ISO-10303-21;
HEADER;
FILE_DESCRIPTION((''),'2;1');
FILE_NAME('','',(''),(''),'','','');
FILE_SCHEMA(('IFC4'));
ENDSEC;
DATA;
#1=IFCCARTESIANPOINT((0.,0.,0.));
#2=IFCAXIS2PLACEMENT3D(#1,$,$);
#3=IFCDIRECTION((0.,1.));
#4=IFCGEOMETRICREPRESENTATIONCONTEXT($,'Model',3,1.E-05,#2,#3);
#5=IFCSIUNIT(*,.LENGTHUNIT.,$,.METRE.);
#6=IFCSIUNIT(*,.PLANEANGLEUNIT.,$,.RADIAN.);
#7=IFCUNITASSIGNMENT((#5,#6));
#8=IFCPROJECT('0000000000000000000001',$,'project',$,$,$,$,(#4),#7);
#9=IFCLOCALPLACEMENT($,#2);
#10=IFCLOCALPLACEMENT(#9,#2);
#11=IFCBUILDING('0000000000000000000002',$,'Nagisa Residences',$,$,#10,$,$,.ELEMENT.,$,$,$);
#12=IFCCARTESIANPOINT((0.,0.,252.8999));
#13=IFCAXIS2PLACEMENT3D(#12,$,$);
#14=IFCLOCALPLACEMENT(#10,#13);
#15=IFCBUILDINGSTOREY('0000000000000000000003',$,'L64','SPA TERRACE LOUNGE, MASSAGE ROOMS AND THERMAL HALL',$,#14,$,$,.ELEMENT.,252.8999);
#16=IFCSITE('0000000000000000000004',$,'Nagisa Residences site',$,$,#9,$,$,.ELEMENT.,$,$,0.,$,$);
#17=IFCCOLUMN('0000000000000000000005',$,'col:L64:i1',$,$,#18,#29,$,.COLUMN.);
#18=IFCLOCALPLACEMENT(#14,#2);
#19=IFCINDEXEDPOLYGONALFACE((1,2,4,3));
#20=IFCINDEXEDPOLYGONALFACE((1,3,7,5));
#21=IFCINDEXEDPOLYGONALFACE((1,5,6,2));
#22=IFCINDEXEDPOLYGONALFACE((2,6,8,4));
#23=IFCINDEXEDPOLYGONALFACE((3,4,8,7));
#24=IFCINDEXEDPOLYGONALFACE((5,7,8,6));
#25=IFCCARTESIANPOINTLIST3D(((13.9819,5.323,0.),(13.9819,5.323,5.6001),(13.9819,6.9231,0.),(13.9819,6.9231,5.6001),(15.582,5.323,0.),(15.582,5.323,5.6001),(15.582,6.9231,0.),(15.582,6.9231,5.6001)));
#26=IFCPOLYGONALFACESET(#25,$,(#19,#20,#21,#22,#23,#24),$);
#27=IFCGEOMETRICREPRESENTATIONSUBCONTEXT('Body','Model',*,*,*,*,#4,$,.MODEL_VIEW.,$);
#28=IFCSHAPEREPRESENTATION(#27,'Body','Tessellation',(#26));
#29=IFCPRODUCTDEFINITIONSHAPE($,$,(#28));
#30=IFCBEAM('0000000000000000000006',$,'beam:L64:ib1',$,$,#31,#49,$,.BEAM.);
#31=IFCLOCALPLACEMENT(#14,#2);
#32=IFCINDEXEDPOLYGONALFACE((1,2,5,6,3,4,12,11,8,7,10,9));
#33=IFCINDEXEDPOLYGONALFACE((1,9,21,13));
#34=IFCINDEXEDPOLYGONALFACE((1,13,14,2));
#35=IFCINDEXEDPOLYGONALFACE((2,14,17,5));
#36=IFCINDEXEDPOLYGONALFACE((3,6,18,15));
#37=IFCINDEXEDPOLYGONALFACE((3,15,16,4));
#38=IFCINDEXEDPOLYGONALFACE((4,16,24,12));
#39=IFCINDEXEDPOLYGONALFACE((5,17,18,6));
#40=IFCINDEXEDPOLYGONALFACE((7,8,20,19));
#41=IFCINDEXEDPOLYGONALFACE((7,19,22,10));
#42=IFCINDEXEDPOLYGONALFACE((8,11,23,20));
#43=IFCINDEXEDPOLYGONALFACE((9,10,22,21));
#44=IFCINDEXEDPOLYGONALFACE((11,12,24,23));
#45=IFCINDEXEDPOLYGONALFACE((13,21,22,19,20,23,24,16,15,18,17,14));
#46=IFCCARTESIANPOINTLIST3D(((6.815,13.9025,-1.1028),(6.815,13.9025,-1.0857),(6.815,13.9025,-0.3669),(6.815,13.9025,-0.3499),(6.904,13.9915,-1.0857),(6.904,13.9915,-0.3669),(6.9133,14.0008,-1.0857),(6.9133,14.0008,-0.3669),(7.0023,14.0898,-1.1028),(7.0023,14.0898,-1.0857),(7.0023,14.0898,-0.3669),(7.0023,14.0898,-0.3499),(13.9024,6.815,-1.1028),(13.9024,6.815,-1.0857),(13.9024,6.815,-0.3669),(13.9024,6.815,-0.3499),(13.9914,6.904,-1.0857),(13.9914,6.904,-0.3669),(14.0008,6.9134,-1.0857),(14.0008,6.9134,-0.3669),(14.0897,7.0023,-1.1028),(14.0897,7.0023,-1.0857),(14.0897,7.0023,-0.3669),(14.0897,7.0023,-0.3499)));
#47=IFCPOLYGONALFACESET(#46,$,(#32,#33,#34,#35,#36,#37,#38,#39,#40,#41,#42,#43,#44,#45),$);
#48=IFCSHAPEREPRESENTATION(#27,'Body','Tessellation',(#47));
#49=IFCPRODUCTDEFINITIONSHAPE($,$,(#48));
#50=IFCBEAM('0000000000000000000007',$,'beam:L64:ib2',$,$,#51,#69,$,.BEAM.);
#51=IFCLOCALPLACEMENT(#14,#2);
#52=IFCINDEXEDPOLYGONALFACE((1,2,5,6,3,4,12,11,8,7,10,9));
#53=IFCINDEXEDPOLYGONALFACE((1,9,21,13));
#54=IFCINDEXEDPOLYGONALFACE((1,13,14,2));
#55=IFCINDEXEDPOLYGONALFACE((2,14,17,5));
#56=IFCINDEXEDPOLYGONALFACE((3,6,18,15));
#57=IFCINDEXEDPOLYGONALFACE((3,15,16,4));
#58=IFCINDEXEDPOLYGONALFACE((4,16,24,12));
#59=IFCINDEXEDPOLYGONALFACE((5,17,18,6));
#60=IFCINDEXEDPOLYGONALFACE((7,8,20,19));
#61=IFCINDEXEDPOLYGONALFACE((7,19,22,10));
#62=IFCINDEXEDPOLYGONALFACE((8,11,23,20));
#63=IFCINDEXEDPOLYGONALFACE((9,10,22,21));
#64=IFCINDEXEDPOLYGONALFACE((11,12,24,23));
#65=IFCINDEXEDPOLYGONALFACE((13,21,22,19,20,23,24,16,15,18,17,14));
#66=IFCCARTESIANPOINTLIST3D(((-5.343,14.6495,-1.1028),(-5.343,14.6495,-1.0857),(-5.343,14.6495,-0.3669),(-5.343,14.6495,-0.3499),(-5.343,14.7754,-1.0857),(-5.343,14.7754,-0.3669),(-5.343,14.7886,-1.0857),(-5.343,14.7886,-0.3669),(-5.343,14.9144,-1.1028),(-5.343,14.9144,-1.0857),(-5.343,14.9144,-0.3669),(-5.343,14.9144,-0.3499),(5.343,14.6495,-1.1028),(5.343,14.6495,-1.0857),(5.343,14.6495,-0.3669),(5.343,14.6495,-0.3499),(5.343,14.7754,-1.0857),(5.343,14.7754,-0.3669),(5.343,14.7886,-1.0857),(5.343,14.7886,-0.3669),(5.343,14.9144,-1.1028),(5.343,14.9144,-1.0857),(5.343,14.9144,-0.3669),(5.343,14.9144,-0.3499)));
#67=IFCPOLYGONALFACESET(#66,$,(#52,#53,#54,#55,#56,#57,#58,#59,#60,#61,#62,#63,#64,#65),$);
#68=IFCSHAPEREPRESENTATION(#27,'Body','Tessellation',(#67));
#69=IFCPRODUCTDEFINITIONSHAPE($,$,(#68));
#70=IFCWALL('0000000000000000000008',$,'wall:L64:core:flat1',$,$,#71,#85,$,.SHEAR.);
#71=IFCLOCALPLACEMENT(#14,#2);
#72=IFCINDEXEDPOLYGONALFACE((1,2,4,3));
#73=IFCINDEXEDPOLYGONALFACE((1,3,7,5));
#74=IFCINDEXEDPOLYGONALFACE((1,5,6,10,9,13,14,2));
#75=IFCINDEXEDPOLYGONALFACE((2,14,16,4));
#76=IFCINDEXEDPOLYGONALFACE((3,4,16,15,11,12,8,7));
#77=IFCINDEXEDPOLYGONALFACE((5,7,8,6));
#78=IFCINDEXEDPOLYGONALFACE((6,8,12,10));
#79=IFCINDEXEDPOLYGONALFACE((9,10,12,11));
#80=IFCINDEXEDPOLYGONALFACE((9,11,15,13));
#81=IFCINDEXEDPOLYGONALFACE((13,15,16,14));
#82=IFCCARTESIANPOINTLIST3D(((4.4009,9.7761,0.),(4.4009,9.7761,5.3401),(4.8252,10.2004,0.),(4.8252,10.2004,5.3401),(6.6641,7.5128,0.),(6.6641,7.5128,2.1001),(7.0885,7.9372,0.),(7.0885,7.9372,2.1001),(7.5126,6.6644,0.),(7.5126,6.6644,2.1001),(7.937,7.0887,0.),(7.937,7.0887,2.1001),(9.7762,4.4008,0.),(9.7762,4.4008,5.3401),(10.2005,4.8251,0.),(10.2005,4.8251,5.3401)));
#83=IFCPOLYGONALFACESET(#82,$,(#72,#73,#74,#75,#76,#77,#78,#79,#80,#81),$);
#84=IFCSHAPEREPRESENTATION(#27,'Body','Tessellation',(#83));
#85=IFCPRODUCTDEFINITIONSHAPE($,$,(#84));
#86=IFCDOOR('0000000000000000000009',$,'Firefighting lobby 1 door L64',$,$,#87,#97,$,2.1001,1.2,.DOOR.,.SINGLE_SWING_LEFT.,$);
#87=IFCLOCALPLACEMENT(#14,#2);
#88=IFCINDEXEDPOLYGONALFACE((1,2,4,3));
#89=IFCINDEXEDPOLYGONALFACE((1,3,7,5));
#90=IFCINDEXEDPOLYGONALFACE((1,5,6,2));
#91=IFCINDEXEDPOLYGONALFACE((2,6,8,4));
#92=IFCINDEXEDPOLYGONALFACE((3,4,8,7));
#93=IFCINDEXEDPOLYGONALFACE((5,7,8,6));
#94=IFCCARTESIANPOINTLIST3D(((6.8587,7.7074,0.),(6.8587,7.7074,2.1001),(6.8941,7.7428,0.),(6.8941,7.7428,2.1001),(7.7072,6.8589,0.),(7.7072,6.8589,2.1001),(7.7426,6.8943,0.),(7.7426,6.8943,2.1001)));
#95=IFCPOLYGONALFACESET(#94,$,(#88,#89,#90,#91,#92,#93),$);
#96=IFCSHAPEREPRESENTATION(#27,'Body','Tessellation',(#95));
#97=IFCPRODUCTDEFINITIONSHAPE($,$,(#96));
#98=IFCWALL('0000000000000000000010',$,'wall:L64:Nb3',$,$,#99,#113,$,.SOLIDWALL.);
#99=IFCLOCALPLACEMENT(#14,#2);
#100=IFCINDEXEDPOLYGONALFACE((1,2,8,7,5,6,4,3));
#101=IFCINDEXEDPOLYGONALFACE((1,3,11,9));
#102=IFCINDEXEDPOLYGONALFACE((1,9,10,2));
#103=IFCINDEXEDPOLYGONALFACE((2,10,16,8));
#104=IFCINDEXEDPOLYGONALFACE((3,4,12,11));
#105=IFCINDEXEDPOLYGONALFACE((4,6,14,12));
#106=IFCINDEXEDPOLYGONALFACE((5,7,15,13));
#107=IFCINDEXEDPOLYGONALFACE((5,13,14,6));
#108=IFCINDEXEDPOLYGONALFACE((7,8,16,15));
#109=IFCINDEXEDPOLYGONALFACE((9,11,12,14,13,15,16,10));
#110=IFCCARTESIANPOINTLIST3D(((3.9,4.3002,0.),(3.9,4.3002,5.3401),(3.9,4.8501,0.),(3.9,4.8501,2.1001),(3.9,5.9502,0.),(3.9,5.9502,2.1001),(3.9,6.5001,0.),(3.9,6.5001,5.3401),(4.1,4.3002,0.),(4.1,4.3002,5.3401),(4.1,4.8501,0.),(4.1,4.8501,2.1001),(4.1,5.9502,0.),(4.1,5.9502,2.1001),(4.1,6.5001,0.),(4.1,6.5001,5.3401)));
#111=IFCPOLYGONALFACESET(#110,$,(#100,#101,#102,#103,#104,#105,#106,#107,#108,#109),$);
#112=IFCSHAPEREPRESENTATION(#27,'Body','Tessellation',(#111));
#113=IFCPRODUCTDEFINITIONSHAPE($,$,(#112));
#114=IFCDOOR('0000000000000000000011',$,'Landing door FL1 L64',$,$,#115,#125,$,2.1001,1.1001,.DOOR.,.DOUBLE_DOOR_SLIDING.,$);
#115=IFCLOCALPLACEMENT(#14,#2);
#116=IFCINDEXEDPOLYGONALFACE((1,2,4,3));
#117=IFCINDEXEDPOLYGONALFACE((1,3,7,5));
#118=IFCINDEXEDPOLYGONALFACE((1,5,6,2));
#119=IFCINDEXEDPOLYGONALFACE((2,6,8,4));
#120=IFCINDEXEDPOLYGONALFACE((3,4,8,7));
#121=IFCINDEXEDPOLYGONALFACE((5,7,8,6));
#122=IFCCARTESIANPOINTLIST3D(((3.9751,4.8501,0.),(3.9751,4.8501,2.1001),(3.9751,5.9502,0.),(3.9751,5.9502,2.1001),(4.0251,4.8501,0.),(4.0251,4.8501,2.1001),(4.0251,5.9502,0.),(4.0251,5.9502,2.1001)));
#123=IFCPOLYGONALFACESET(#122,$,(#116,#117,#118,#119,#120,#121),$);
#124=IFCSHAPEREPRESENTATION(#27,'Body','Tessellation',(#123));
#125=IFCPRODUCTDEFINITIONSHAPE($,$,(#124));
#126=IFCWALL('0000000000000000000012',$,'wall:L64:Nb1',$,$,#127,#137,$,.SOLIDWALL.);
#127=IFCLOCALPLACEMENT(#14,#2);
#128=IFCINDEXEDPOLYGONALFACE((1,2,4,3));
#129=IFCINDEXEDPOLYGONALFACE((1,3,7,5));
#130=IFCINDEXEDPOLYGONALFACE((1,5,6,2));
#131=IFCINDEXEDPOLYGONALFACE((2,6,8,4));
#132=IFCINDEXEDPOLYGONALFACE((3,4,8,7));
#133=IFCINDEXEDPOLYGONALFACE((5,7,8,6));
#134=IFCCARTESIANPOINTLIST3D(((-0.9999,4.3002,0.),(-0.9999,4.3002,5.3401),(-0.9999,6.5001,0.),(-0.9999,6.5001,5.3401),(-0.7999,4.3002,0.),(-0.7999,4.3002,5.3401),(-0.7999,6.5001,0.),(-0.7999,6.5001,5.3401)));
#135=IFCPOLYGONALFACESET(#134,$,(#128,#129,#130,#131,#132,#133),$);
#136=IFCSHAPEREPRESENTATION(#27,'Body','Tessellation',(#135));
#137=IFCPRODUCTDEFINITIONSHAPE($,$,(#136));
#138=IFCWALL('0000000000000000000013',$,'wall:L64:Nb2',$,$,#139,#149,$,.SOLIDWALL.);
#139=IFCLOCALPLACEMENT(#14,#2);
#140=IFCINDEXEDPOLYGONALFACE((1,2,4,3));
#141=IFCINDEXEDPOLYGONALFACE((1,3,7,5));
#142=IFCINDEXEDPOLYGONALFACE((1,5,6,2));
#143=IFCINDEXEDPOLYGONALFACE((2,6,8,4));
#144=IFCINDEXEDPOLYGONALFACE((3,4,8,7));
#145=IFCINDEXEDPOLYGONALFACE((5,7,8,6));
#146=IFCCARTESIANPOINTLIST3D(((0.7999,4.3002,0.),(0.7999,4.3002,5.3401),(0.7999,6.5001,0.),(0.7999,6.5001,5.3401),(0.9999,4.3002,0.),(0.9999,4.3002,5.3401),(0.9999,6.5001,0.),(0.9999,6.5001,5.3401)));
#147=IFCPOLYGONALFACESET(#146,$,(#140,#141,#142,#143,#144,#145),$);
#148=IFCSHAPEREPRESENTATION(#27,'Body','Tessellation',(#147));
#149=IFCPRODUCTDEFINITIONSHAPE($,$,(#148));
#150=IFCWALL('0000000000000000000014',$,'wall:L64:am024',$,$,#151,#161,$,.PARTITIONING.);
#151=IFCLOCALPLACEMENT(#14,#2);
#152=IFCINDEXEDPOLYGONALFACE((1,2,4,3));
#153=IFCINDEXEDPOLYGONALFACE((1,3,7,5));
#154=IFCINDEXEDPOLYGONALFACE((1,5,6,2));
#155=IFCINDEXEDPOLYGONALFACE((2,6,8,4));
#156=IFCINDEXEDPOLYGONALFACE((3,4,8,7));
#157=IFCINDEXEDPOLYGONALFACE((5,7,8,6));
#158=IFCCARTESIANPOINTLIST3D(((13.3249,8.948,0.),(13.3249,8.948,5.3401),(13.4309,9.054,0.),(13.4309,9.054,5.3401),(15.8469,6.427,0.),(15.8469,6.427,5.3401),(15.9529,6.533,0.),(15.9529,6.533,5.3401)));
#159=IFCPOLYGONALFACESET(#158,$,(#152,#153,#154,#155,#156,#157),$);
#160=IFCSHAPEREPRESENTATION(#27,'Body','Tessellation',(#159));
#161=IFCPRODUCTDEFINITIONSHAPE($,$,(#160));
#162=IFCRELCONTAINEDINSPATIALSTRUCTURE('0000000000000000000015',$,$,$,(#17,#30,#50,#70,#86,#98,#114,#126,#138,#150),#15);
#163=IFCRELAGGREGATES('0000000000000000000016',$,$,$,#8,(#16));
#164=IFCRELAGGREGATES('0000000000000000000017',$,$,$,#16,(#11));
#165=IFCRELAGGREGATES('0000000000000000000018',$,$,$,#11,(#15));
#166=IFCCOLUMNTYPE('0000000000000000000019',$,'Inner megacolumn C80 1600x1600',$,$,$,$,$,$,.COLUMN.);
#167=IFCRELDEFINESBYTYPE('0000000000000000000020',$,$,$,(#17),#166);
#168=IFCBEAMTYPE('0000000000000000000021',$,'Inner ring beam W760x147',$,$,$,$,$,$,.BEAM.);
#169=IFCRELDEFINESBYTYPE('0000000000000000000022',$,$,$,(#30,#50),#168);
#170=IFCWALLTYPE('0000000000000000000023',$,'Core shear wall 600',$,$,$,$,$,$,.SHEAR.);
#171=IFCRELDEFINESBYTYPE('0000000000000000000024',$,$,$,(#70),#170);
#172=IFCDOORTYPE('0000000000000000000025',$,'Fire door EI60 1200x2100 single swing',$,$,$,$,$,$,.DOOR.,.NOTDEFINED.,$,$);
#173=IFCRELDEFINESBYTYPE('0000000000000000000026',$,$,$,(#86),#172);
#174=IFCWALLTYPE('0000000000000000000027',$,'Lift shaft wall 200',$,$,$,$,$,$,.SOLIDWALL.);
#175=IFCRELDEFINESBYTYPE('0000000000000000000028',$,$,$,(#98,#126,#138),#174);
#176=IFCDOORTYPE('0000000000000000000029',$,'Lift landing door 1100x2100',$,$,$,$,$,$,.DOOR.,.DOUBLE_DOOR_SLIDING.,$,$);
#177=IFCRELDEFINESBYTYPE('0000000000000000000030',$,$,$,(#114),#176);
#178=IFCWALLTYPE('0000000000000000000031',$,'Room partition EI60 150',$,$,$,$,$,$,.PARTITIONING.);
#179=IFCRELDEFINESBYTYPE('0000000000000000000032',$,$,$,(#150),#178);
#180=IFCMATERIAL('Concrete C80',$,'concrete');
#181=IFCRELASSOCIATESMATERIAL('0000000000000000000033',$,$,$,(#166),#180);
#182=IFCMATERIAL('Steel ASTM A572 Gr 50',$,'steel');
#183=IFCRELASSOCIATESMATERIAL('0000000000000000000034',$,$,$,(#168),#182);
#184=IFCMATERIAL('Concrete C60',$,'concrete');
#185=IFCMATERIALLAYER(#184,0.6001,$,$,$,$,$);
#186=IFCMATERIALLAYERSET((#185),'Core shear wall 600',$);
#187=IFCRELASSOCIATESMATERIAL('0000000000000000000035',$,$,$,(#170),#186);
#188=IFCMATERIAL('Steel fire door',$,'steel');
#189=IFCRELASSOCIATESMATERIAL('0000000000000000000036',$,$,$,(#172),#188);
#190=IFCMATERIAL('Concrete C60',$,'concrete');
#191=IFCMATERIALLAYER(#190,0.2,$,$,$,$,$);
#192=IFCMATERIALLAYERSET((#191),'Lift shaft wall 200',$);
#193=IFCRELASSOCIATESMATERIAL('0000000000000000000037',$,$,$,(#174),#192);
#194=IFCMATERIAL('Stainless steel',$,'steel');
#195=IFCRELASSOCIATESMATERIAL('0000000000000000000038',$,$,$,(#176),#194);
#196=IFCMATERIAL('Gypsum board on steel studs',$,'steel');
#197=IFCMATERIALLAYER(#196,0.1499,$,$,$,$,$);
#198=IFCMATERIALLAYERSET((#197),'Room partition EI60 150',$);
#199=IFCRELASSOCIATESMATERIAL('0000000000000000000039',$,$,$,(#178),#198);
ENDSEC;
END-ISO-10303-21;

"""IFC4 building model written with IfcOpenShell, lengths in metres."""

from ifc_helpers import new_model, si_unit, direction, frame, frame_2d, origin, origin_2d, place, context, subcontext, project, spatial, rectangle, i_section, extrude, material, layer, layer_set, material_profile, profile_set, type_object, element, fill, save


model = new_model("IFC4")

# Units and contexts
model_context = context("Model", 3, precision=1e-05, world=origin(), true_north=direction((0.0, 1.0)))
body_context = subcontext(model_context, "Body", "Model", "MODEL_VIEW")
ifc_project = project(units=[si_unit("LENGTHUNIT", "METRE"), si_unit("PLANEANGLEUNIT", "RADIAN")], contexts=[model_context])

# Site, building, storey
site_placement = place(None, origin())
site = spatial("IfcSite", under=ifc_project, at=site_placement, Name="Nagisa Residences site", CompositionType="ELEMENT", RefElevation=0.0)
building_placement = place(site_placement, origin())
building = spatial("IfcBuilding", under=site, at=building_placement, Name="Nagisa Residences", CompositionType="ELEMENT")
storey_placement = place(building_placement, frame((0.0, 0.0, 252.8999)))
storey = spatial("IfcBuildingStorey", under=building, at=storey_placement, Name="L64", Description="SPA TERRACE LOUNGE, MASSAGE ROOMS AND THERMAL HALL", CompositionType="ELEMENT", Elevation=252.8999)

# Column
ifc_material_1 = material(Name="Concrete C80", Category="concrete")
ifc_material_profile_1 = material_profile(ifc_material_1, rectangle(XDim=1.6001, YDim=1.6001, at=origin_2d()), Name="C80 1600x1600")
ifc_profile_set_1 = profile_set([ifc_material_profile_1], Name="Concrete C80")
column_type = type_object("IfcColumnType", Name="Inner megacolumn C80 1600x1600", PredefinedType="COLUMN", material=ifc_profile_set_1)
column_placement = place(storey_placement, frame((14.782, 6.123, 0.0), z_axis=(0.0, 0.0, 1.0), x_axis=(1.0, 0.0, 0.0)))
element("IfcColumn", 1, at=column_placement, inside=storey, type_object=column_type, Name="col:L64:i1", PredefinedType="COLUMN", context=body_context, shape_type="SweptSolid", body=[
    extrude(rectangle(XDim=1.6001, YDim=1.6001, at=origin_2d()), origin(), (0.0, 0.0, 1.0), 5.6001),
])

# Beams
ifc_material_2 = material(Name="Steel ASTM A572 Gr 50", Category="steel")
ifc_material_profile_2 = material_profile(ifc_material_2, i_section(OverallWidth=0.2649, OverallDepth=0.7529, WebThickness=0.0132, FlangeThickness=0.0171, at=origin_2d()), Name="W760x147")
ifc_profile_set_2 = profile_set([ifc_material_profile_2], Name="Steel ASTM A572 Gr 50")
beam_type = type_object("IfcBeamType", Name="Inner ring beam W760x147", PredefinedType="BEAM", material=ifc_profile_set_2)
beam_1_placement = place(storey_placement, frame((13.9961, 6.9087, -0.7263), z_axis=(-0.707107, 0.707107, 0.0), x_axis=(-0.707107, -0.707107, 0.0)))
element("IfcBeam", 2, at=beam_1_placement, inside=storey, type_object=beam_type, Name="beam:L64:ib1", PredefinedType="BEAM", context=body_context, shape_type="SweptSolid", body=[
    extrude(i_section(OverallWidth=0.2649, OverallDepth=0.7529, WebThickness=0.0132, FlangeThickness=0.0171, at=origin_2d()), origin(), (0.0, 0.0, 1.0), 10.0232),
])
beam_2_placement = place(storey_placement, frame((5.343, 14.782, -0.7263), z_axis=(-1.0, 0.0, 0.0), x_axis=(0.0, -1.0, 0.0)))
element("IfcBeam", 3, at=beam_2_placement, inside=storey, type_object=beam_type, Name="beam:L64:ib2", PredefinedType="BEAM", context=body_context, shape_type="SweptSolid", body=[
    extrude(i_section(OverallWidth=0.2649, OverallDepth=0.7529, WebThickness=0.0132, FlangeThickness=0.0171, at=origin_2d()), origin(), (0.0, 0.0, 1.0), 10.686),
])

# Walls, openings, doors
ifc_material_3 = material(Name="Concrete C60", Category="concrete")
ifc_layer_1 = layer(ifc_material_3, 0.6001)
ifc_layer_set_1 = layer_set([ifc_layer_1], Name="Core shear wall 600")
wall_type_1 = type_object("IfcWallType", Name="Core shear wall 600", PredefinedType="SHEAR", material=ifc_layer_set_1)
wall_1_placement = place(storey_placement, frame((9.9883, 4.613, 0.0), z_axis=(0.0, 0.0, 1.0), x_axis=(-0.707107, 0.707107, 0.0)))
wall_1 = element("IfcWall", 4, at=wall_1_placement, inside=storey, type_object=wall_type_1, Name="wall:L64:core:flat1", PredefinedType="SHEAR", context=body_context, shape_type="SweptSolid", body=[
    extrude(rectangle(XDim=7.6018, YDim=0.6001, at=frame_2d((3.8008, 0.0))), origin(), (0.0, 0.0, 1.0), 5.3401),
])
opening_1_placement = place(wall_1_placement, frame((3.2009, 0.0, 0.0)))
opening_1 = element("IfcOpeningElement", 5, at=opening_1_placement, cuts=wall_1, PredefinedType="OPENING", context=body_context, shape_type="SweptSolid", body=[
    extrude(rectangle(XDim=1.2, YDim=2.1001, at=frame_2d((0.6001, 1.05))), frame((0.0, 0.3101, 0.0), z_axis=(0.0, -1.0, 0.0), x_axis=(1.0, 0.0, 0.0)), (0.0, 0.0, 1.0), 0.6201),
])
ifc_material_4 = material(Name="Steel fire door", Category="steel")
door_type_1 = type_object("IfcDoorType", Name="Fire door EI60 1200x2100 single swing", OperationType="NOTDEFINED", PredefinedType="DOOR", material=ifc_material_4)
door_1_placement = place(opening_1_placement, origin())
door_1 = element("IfcDoor", 6, at=door_1_placement, inside=storey, type_object=door_type_1, Name="Firefighting lobby 1 door L64", OperationType="SINGLE_SWING_LEFT", OverallHeight=2.1001, OverallWidth=1.2, PredefinedType="DOOR", context=body_context, shape_type="SweptSolid", body=[
    extrude(rectangle(XDim=1.2, YDim=2.1001, at=frame_2d((0.6001, 1.05))), frame((0.0, 0.0249, 0.0), z_axis=(0.0, -1.0, 0.0), x_axis=(1.0, 0.0, 0.0)), (0.0, 0.0, 1.0), 0.05),
])
fill(opening_1, door_1)
ifc_material_5 = material(Name="Concrete C60", Category="concrete")
ifc_layer_2 = layer(ifc_material_5, 0.2)
ifc_layer_set_2 = layer_set([ifc_layer_2], Name="Lift shaft wall 200")
wall_type_2 = type_object("IfcWallType", Name="Lift shaft wall 200", PredefinedType="SOLIDWALL", material=ifc_layer_set_2)
wall_2_placement = place(storey_placement, frame((4.0, 4.3, 0.0), z_axis=(0.0, 0.0, 1.0), x_axis=(0.0, 1.0, 0.0)))
wall_2 = element("IfcWall", 7, at=wall_2_placement, inside=storey, type_object=wall_type_2, Name="wall:L64:Nb3", PredefinedType="SOLIDWALL", context=body_context, shape_type="SweptSolid", body=[
    extrude(rectangle(XDim=2.2, YDim=0.2, at=frame_2d((1.1001, 0.0))), origin(), (0.0, 0.0, 1.0), 5.3401),
])
opening_2_placement = place(wall_2_placement, frame((0.55, 0.0, 0.0)))
opening_2 = element("IfcOpeningElement", 8, at=opening_2_placement, cuts=wall_2, PredefinedType="OPENING", context=body_context, shape_type="SweptSolid", body=[
    extrude(rectangle(XDim=1.1001, YDim=2.1001, at=frame_2d((0.55, 1.05))), frame((0.0, 0.1099, 0.0), z_axis=(0.0, -1.0, 0.0), x_axis=(1.0, 0.0, 0.0)), (0.0, 0.0, 1.0), 0.22),
])
ifc_material_6 = material(Name="Stainless steel", Category="steel")
door_type_2 = type_object("IfcDoorType", Name="Lift landing door 1100x2100", OperationType="DOUBLE_DOOR_SLIDING", PredefinedType="DOOR", material=ifc_material_6)
door_2_placement = place(opening_2_placement, origin())
door_2 = element("IfcDoor", 9, at=door_2_placement, inside=storey, type_object=door_type_2, Name="Landing door FL1 L64", OperationType="DOUBLE_DOOR_SLIDING", OverallHeight=2.1001, OverallWidth=1.1001, PredefinedType="DOOR", context=body_context, shape_type="SweptSolid", body=[
    extrude(rectangle(XDim=1.1001, YDim=2.1001, at=frame_2d((0.55, 1.05))), frame((0.0, 0.0249, 0.0), z_axis=(0.0, -1.0, 0.0), x_axis=(1.0, 0.0, 0.0)), (0.0, 0.0, 1.0), 0.05),
])
fill(opening_2, door_2)

# Walls
for number, where, z_axis, x_axis, name in (
    (10, (-0.8999, 4.3, 0.0), (0.0, 0.0, 1.0), (0.0, 1.0, 0.0), "wall:L64:Nb1"),
    (11, (0.8999, 4.3, 0.0), (0.0, 0.0, 1.0), (0.0, 1.0, 0.0), "wall:L64:Nb2"),
):
    element("IfcWall", number, at=place(storey_placement, frame(where, z_axis=z_axis, x_axis=x_axis)), inside=storey, type_object=wall_type_2, Name=name, PredefinedType="SOLIDWALL", context=body_context, shape_type="SweptSolid", body=[
        extrude(rectangle(XDim=2.2, YDim=0.2, at=frame_2d((1.1001, 0.0))), origin(), (0.0, 0.0, 1.0), 5.3401),
    ])
ifc_material_7 = material(Name="Gypsum board on steel studs", Category="steel")
ifc_layer_3 = layer(ifc_material_7, 0.1499)
ifc_layer_set_3 = layer_set([ifc_layer_3], Name="Room partition EI60 150")
wall_type_3 = type_object("IfcWallType", Name="Room partition EI60 150", PredefinedType="PARTITIONING", material=ifc_layer_set_3)
wall_3_placement = place(storey_placement, frame((13.3779, 9.001, 0.0), z_axis=(0.0, 0.0, 1.0), x_axis=(0.707244, -0.70697, 0.0)))
element("IfcWall", 12, at=wall_3_placement, inside=storey, type_object=wall_type_3, Name="wall:L64:am024", PredefinedType="PARTITIONING", context=body_context, shape_type="SweptSolid", body=[
    extrude(rectangle(XDim=3.5659, YDim=0.1499, at=frame_2d((1.783, 0.0))), origin(), (0.0, 0.0, 1.0), 5.3401),
])

save(model, "model.ifc")
